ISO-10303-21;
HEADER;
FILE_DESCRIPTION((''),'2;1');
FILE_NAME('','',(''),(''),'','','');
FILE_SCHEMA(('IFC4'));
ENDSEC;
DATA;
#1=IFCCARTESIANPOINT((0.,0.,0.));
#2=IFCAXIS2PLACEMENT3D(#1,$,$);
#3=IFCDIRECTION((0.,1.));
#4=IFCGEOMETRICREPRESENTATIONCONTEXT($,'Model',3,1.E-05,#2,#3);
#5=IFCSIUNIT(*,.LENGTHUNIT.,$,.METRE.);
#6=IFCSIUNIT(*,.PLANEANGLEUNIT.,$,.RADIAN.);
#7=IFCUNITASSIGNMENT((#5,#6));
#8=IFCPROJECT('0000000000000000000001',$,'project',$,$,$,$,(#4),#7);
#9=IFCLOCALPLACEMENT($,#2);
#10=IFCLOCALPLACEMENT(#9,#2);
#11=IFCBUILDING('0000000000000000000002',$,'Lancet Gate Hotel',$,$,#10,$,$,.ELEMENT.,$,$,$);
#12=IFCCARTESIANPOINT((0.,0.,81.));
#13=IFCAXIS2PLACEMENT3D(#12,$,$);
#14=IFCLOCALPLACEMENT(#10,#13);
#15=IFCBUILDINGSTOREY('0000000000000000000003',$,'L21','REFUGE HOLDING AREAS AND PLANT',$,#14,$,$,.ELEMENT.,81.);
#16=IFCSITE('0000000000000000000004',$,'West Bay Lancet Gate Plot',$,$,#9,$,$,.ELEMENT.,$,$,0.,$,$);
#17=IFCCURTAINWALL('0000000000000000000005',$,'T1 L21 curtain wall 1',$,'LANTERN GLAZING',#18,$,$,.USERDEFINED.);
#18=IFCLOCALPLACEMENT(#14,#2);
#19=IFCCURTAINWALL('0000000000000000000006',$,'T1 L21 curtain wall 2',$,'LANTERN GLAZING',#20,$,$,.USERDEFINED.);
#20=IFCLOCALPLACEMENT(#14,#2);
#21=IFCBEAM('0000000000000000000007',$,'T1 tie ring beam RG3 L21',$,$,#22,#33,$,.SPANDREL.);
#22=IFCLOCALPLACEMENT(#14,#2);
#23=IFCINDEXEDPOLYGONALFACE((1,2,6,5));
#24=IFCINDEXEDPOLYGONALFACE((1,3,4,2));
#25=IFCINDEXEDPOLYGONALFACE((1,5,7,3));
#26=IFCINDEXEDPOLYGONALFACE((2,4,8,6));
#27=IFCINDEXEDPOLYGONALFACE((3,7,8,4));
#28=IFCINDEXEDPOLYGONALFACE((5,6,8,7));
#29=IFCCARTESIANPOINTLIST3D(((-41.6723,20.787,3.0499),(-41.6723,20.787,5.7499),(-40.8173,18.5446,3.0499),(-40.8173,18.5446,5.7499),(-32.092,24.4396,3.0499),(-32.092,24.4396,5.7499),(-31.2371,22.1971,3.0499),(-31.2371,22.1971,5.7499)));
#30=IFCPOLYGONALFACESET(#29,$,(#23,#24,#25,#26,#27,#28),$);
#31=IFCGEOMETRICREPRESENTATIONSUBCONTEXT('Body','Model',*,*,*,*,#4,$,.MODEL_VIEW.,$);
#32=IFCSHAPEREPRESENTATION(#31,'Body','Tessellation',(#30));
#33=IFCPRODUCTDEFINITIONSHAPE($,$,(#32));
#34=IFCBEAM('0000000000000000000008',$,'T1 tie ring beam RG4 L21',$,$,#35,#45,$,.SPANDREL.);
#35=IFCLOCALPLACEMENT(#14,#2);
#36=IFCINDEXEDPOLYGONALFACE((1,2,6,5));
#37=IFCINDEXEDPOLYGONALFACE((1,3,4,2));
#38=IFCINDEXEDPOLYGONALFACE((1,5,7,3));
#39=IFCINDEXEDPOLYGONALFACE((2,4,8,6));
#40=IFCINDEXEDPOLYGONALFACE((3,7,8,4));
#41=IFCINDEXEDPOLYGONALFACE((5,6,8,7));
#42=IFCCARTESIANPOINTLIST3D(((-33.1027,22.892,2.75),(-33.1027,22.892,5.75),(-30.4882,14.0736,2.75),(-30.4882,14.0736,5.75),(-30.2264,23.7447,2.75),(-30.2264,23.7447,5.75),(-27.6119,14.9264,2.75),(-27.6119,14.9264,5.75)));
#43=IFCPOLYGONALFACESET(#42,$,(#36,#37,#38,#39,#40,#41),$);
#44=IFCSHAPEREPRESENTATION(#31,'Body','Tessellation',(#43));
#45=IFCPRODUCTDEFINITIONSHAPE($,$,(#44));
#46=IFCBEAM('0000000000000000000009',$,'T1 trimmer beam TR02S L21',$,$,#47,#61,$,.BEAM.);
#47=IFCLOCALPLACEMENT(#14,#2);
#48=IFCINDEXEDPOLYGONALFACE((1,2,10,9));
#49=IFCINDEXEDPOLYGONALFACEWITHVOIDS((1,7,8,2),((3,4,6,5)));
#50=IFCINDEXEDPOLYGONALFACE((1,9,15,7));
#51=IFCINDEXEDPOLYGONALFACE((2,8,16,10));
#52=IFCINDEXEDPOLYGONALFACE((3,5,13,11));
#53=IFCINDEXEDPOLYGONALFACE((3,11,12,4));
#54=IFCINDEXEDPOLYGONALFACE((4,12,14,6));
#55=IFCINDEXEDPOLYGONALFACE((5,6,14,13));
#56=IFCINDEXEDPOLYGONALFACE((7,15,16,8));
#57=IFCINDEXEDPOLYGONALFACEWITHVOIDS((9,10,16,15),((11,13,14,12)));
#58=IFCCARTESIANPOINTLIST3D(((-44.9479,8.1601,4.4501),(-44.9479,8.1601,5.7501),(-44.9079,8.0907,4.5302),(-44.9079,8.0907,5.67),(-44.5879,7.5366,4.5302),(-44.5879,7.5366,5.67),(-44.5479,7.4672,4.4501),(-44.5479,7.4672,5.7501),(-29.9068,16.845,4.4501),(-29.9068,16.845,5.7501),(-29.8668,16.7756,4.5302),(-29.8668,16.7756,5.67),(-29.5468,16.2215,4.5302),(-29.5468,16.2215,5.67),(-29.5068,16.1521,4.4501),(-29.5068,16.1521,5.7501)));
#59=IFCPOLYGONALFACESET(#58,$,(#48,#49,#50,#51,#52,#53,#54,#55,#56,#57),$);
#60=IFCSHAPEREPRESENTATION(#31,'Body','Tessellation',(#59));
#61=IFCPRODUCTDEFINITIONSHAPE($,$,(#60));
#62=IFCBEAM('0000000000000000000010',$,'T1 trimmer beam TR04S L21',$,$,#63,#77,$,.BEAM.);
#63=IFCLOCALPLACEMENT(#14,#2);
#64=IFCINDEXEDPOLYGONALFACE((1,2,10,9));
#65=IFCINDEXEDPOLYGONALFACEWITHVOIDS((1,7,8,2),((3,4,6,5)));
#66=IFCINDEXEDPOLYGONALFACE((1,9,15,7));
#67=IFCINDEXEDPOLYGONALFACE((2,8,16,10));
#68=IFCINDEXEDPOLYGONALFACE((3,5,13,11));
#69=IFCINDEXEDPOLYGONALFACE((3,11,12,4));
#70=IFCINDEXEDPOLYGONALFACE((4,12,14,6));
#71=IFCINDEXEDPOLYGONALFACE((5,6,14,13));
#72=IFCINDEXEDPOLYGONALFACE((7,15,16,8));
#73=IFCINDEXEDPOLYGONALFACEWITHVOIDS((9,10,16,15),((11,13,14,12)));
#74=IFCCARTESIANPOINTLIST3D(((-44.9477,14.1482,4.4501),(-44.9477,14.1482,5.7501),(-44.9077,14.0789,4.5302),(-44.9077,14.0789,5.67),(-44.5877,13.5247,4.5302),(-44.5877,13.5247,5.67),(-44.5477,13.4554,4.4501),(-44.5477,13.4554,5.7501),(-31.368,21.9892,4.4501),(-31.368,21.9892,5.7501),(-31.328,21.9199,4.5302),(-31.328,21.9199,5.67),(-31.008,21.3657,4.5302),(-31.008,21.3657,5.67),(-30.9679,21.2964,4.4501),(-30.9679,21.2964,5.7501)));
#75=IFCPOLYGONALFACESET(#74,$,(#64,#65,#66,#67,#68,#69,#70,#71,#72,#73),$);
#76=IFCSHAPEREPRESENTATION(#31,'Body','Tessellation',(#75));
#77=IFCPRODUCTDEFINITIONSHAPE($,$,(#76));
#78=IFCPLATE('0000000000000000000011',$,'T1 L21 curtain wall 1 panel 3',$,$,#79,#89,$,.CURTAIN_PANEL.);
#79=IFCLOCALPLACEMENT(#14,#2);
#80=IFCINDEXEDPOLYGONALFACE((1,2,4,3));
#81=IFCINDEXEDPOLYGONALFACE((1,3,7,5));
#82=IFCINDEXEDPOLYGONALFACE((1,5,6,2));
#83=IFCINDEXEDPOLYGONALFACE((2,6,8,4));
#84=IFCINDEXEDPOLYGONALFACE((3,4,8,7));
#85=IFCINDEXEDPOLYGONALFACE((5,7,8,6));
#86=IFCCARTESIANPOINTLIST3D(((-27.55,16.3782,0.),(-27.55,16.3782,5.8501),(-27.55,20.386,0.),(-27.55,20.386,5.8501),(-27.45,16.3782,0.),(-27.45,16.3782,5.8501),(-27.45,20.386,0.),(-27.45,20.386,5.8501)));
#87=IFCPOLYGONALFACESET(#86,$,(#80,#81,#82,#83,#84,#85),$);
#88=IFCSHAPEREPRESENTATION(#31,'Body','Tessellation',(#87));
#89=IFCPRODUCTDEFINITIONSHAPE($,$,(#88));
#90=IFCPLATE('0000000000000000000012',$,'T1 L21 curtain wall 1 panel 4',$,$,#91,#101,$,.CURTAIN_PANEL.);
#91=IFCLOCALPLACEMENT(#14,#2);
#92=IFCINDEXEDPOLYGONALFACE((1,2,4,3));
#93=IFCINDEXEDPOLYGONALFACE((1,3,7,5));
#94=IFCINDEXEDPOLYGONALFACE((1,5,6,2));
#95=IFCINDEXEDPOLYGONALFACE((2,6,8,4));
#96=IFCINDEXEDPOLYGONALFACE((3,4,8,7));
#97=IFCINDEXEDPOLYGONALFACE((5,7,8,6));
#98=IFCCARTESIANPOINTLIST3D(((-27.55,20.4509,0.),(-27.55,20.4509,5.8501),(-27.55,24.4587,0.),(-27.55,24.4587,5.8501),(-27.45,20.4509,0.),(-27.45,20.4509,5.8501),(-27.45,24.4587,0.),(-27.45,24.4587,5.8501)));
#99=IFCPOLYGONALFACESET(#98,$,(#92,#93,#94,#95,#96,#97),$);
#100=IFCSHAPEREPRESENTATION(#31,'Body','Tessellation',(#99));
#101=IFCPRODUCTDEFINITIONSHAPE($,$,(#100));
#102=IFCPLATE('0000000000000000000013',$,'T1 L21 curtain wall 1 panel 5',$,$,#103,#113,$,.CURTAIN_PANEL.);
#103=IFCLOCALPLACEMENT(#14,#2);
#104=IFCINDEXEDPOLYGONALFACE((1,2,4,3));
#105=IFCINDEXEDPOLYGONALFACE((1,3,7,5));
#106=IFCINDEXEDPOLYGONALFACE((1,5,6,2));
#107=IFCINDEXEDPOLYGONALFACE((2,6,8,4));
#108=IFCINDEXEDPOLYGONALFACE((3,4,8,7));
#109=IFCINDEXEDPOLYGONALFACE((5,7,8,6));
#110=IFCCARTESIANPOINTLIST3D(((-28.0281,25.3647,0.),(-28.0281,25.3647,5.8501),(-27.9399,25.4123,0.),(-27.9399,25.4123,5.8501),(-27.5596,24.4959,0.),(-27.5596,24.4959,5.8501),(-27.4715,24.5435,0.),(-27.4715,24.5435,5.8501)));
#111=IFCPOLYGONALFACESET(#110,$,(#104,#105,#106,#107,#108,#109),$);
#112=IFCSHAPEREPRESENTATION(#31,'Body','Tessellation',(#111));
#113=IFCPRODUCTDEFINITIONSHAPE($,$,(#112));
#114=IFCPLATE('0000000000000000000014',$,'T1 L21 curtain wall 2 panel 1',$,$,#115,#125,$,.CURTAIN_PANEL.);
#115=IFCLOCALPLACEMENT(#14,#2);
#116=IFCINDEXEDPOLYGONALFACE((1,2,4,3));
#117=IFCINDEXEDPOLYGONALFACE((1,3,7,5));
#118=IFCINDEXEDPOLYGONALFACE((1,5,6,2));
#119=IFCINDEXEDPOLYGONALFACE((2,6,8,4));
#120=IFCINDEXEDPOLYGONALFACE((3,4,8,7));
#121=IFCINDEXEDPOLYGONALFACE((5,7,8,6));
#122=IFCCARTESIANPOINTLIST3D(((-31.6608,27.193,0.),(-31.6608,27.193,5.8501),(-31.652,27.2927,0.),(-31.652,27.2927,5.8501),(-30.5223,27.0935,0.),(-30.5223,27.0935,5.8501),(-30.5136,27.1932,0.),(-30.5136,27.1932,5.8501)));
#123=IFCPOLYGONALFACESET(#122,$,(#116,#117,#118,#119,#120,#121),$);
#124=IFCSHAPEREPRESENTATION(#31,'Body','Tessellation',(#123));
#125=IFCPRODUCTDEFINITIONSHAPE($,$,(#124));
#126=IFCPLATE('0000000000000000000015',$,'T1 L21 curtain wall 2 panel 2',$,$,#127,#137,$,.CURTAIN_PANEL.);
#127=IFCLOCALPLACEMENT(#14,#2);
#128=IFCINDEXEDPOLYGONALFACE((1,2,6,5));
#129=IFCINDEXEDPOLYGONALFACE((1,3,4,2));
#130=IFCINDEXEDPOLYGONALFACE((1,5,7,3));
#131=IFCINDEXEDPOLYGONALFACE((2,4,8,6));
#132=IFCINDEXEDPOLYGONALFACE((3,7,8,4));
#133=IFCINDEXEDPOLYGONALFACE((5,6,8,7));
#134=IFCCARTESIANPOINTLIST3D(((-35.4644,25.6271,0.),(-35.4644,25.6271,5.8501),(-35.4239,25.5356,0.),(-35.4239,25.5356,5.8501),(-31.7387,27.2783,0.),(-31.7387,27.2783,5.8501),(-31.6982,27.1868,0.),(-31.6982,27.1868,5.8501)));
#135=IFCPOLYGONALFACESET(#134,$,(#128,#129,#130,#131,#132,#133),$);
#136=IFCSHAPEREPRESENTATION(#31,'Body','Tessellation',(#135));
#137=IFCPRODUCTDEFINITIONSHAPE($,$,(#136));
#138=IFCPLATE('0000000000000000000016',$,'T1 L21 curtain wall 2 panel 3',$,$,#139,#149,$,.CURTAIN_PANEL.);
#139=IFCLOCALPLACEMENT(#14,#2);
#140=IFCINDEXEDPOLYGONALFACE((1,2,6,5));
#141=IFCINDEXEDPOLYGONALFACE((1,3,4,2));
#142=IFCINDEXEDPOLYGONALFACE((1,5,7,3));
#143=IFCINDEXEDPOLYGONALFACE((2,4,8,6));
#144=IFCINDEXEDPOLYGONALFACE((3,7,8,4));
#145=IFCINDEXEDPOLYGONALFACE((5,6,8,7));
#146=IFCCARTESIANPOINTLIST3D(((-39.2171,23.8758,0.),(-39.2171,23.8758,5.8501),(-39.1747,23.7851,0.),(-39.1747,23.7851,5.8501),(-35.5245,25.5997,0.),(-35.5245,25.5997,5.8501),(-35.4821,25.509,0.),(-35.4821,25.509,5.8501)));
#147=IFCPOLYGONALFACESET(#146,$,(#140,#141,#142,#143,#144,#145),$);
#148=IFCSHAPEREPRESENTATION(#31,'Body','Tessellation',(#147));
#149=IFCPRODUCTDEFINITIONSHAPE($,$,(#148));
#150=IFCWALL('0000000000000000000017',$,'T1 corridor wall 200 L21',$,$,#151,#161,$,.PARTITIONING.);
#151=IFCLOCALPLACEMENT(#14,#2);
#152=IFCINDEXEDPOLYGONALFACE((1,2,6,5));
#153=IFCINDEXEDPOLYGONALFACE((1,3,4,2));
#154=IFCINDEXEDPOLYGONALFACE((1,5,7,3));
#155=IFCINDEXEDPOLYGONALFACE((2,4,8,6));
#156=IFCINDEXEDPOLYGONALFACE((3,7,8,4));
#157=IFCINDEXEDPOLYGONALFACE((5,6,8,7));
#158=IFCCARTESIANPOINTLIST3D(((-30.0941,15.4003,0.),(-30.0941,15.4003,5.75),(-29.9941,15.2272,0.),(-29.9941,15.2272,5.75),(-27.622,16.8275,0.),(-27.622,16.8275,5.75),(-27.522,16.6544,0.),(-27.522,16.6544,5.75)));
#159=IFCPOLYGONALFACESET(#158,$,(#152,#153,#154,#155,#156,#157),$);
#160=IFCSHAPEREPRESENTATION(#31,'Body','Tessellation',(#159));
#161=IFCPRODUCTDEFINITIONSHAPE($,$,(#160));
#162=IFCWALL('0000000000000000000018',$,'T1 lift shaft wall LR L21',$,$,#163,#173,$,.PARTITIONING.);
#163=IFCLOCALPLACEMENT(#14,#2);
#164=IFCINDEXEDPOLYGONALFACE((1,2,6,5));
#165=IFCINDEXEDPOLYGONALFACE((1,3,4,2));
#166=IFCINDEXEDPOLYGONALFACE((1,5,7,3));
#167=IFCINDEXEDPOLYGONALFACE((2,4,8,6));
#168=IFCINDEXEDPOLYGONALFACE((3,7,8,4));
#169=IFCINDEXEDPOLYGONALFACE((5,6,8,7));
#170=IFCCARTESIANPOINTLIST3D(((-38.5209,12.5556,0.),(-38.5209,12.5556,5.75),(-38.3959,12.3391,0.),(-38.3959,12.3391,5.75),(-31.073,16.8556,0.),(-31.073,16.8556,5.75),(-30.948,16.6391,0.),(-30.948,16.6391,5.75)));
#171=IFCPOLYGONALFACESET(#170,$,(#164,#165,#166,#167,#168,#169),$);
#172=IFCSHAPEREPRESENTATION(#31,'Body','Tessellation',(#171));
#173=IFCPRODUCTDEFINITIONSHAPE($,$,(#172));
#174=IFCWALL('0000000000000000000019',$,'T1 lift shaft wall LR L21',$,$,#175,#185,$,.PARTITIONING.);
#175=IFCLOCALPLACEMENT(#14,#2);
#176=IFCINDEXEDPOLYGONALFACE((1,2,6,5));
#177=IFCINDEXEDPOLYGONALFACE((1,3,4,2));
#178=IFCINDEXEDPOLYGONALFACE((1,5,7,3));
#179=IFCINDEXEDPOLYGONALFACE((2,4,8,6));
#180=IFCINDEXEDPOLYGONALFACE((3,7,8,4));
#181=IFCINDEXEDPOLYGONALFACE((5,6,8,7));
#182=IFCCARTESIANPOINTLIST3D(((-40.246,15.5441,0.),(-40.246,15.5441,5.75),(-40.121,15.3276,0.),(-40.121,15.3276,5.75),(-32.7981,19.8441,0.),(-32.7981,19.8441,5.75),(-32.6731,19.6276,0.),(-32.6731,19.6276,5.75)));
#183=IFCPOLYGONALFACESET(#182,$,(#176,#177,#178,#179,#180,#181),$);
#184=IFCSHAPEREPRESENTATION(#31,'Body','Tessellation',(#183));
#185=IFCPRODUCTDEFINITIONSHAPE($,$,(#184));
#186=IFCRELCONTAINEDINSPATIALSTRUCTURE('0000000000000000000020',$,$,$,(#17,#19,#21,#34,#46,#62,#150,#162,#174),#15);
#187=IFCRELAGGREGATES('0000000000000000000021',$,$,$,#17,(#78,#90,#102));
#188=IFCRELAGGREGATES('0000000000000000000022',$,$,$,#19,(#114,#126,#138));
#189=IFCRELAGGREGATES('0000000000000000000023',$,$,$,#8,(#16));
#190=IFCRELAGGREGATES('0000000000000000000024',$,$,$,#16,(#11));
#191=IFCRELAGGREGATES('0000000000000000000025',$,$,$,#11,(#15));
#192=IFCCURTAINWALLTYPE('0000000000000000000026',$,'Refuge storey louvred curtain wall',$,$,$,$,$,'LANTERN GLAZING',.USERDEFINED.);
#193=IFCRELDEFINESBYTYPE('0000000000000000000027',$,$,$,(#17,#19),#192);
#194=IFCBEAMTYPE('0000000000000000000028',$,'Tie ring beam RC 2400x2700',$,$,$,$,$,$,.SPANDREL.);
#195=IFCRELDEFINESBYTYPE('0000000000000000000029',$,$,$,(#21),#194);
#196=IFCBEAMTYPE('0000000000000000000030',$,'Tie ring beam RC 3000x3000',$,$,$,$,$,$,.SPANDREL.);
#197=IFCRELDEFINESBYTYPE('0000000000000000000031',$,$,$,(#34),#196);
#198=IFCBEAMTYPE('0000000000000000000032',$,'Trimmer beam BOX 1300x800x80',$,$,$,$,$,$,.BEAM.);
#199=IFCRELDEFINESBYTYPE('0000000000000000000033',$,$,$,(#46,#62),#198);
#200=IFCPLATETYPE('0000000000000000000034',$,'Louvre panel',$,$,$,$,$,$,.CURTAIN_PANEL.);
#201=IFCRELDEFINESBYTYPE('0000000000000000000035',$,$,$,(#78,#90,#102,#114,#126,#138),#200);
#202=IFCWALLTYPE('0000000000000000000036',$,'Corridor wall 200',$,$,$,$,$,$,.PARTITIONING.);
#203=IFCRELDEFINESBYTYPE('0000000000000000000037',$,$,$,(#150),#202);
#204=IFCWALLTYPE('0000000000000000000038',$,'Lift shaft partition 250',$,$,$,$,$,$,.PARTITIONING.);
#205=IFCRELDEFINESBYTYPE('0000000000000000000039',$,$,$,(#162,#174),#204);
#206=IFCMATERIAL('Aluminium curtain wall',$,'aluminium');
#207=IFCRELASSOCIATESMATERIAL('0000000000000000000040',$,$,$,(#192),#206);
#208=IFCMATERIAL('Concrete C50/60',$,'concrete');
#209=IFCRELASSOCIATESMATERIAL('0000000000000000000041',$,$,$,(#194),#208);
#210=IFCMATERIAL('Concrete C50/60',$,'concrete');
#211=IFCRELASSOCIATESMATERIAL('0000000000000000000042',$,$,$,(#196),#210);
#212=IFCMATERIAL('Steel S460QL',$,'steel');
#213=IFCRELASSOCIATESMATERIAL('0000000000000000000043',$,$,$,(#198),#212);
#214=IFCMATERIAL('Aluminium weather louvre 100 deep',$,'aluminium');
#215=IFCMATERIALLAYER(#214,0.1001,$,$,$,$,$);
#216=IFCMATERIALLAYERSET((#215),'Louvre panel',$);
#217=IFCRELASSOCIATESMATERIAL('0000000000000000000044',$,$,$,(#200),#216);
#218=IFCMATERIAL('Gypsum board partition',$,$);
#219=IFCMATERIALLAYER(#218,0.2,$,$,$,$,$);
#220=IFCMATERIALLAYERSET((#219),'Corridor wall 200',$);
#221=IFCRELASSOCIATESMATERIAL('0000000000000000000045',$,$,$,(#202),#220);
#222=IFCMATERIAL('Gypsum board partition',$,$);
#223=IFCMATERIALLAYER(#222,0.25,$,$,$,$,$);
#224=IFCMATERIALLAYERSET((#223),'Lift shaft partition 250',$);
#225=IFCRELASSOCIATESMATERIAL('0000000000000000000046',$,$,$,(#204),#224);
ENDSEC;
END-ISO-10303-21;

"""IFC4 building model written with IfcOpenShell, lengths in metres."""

from ifc_helpers import new_model, si_unit, direction, frame, frame_2d, origin, origin_2d, place, context, subcontext, project, spatial, rectangle, hollow_rectangle, extrude, material, layer, layer_set, material_profile, profile_set, type_object, element, aggregate, save


model = new_model("IFC4")

# Units and contexts
model_context = context("Model", 3, precision=1e-05, world=origin(), true_north=direction((0.0, 1.0)))
body_context = subcontext(model_context, "Body", "Model", "MODEL_VIEW")
ifc_project = project(units=[si_unit("LENGTHUNIT", "METRE"), si_unit("PLANEANGLEUNIT", "RADIAN")], contexts=[model_context])

# Site, building, storey
site_placement = place(None, origin())
site = spatial("IfcSite", under=ifc_project, at=site_placement, Name="West Bay Lancet Gate Plot", CompositionType="ELEMENT", RefElevation=0.0)
building_placement = place(site_placement, origin())
building = spatial("IfcBuilding", under=site, at=building_placement, Name="Lancet Gate Hotel", CompositionType="ELEMENT")
storey_placement = place(building_placement, frame((0.0, 0.0, 81.0)))
storey = spatial("IfcBuildingStorey", under=building, at=storey_placement, Name="L21", Description="REFUGE HOLDING AREAS AND PLANT", CompositionType="ELEMENT", Elevation=81.0)

# Curtain walls
ifc_material_1 = material(Name="Aluminium curtain wall", Category="aluminium")
curtain_wall_type = type_object("IfcCurtainWallType", Name="Refuge storey louvred curtain wall", ElementType="LANTERN GLAZING", PredefinedType="USERDEFINED", material=ifc_material_1)
curtain_wall_1_placement = place(storey_placement, origin())
curtain_wall_1 = element("IfcCurtainWall", 1, at=curtain_wall_1_placement, inside=storey, type_object=curtain_wall_type, Name="T1 L21 curtain wall 1", ObjectType="LANTERN GLAZING", PredefinedType="USERDEFINED")
curtain_wall_2_placement = place(storey_placement, origin())
curtain_wall_2 = element("IfcCurtainWall", 2, at=curtain_wall_2_placement, inside=storey, type_object=curtain_wall_type, Name="T1 L21 curtain wall 2", ObjectType="LANTERN GLAZING", PredefinedType="USERDEFINED")

# Beams
ifc_material_2 = material(Name="Concrete C50/60", Category="concrete")
ifc_material_profile_1 = material_profile(ifc_material_2, rectangle(XDim=2.3999, YDim=2.7, at=origin_2d()), Name="RC 2400x2700")
ifc_profile_set_1 = profile_set([ifc_material_profile_1], Name="Concrete C50/60")
beam_type_1 = type_object("IfcBeamType", Name="Tie ring beam RC 2400x2700", PredefinedType="SPANDREL", material=ifc_profile_set_1)
beam_1_placement = place(storey_placement, frame((-31.6646, 23.3184, 4.3999), z_axis=(-0.934392, -0.356246, 0.0), x_axis=(0.356246, -0.934392, 0.0)))
element("IfcBeam", 3, at=beam_1_placement, inside=storey, type_object=beam_type_1, Name="T1 tie ring beam RG3 L21", PredefinedType="SPANDREL", context=body_context, shape_type="SweptSolid", body=[
    extrude(rectangle(XDim=2.3999, YDim=2.7, at=origin_2d()), origin(), (0.0, 0.0, 1.0), 10.2529),
])
ifc_material_3 = material(Name="Concrete C50/60", Category="concrete")
ifc_material_profile_2 = material_profile(ifc_material_3, rectangle(XDim=3.0, YDim=3.0, at=origin_2d()), Name="RC 3000x3000")
ifc_profile_set_2 = profile_set([ifc_material_profile_2], Name="Concrete C50/60")
beam_type_2 = type_object("IfcBeamType", Name="Tie ring beam RC 3000x3000", PredefinedType="SPANDREL", material=ifc_profile_set_2)
beam_2_placement = place(storey_placement, frame((-31.6646, 23.3184, 4.25), z_axis=(0.284254, -0.958749, 0.0), x_axis=(0.958749, 0.284254, 0.0)))
element("IfcBeam", 4, at=beam_2_placement, inside=storey, type_object=beam_type_2, Name="T1 tie ring beam RG4 L21", PredefinedType="SPANDREL", context=body_context, shape_type="SweptSolid", body=[
    extrude(rectangle(XDim=3.0, YDim=3.0, at=origin_2d()), origin(), (0.0, 0.0, 1.0), 9.1978),
])
ifc_material_4 = material(Name="Steel S460QL", Category="steel")
ifc_material_profile_3 = material_profile(ifc_material_4, hollow_rectangle(XDim=0.8, YDim=1.3, WallThickness=0.0801, at=origin_2d()), Name="BOX 1300x800x80")
ifc_profile_set_3 = profile_set([ifc_material_profile_3], Name="Steel S460QL")
beam_type_3 = type_object("IfcBeamType", Name="Trimmer beam BOX 1300x800x80", PredefinedType="BEAM", material=ifc_profile_set_3)
beam_3_placement = place(storey_placement, frame((-29.7068, 16.4985, 5.1001), z_axis=(-0.866003, -0.500038, 0.0), x_axis=(0.500038, -0.866003, 0.0)))
element("IfcBeam", 5, at=beam_3_placement, inside=storey, type_object=beam_type_3, Name="T1 trimmer beam TR02S L21", PredefinedType="BEAM", context=body_context, shape_type="SweptSolid", body=[
    extrude(hollow_rectangle(XDim=0.8, YDim=1.3, WallThickness=0.0801, at=origin_2d()), origin(), (0.0, 0.0, 1.0), 17.3684),
])
beam_4_placement = place(storey_placement, frame((-31.168, 21.6428, 5.1001), z_axis=(-0.866005, -0.500036, 0.0), x_axis=(0.500036, -0.866005, 0.0)))
element("IfcBeam", 6, at=beam_4_placement, inside=storey, type_object=beam_type_3, Name="T1 trimmer beam TR04S L21", PredefinedType="BEAM", context=body_context, shape_type="SweptSolid", body=[
    extrude(hollow_rectangle(XDim=0.8, YDim=1.3, WallThickness=0.0801, at=origin_2d()), origin(), (0.0, 0.0, 1.0), 15.6809),
])

# Plates
ifc_material_5 = material(Name="Aluminium weather louvre 100 deep", Category="aluminium")
ifc_layer_1 = layer(ifc_material_5, 0.1001)
ifc_layer_set_1 = layer_set([ifc_layer_1], Name="Louvre panel")
plate_type = type_object("IfcPlateType", Name="Louvre panel", PredefinedType="CURTAIN_PANEL", material=ifc_layer_set_1)
plate_1_placement = place(storey_placement, frame((-27.5, 18.3821, 0.0), z_axis=(0.0, 0.0, 1.0), x_axis=(0.0, 1.0, 0.0)))
plate_1 = element("IfcPlate", 7, at=plate_1_placement, type_object=plate_type, Name="T1 L21 curtain wall 1 panel 3", PredefinedType="CURTAIN_PANEL", context=body_context, shape_type="SweptSolid", body=[
    extrude(rectangle(XDim=4.0078, YDim=0.1001, at=origin_2d()), origin(), (0.0, 0.0, 1.0), 5.8501),
])
plate_2_placement = place(storey_placement, frame((-27.5, 22.4548, 0.0), z_axis=(0.0, 0.0, 1.0), x_axis=(0.0, 1.0, 0.0)))
plate_2 = element("IfcPlate", 8, at=plate_2_placement, type_object=plate_type, Name="T1 L21 curtain wall 1 panel 4", PredefinedType="CURTAIN_PANEL", context=body_context, shape_type="SweptSolid", body=[
    extrude(rectangle(XDim=4.0078, YDim=0.1001, at=origin_2d()), origin(), (0.0, 0.0, 1.0), 5.8501),
])
plate_3_placement = place(storey_placement, frame((-27.7498, 24.9541, 0.0), z_axis=(0.0, 0.0, 1.0), x_axis=(-0.474631, 0.880185, 0.0)))
plate_3 = element("IfcPlate", 9, at=plate_3_placement, type_object=plate_type, Name="T1 L21 curtain wall 1 panel 5", PredefinedType="CURTAIN_PANEL", context=body_context, shape_type="SweptSolid", body=[
    extrude(rectangle(XDim=0.9871, YDim=0.1001, at=origin_2d()), origin(), (0.0, 0.0, 1.0), 5.8501),
])
aggregate(curtain_wall_1, [plate_1, plate_2, plate_3])
plate_4_placement = place(storey_placement, frame((-31.0872, 27.1931, 0.0), z_axis=(0.0, 0.0, 1.0), x_axis=(-0.996204, 0.087052, 0.0)))
plate_4 = element("IfcPlate", 10, at=plate_4_placement, type_object=plate_type, Name="T1 L21 curtain wall 2 panel 1", PredefinedType="CURTAIN_PANEL", context=body_context, shape_type="SweptSolid", body=[
    extrude(rectangle(XDim=1.1428, YDim=0.1001, at=origin_2d()), origin(), (0.0, 0.0, 1.0), 5.8501),
])
plate_5_placement = place(storey_placement, frame((-33.5813, 26.407, 0.0), z_axis=(0.0, 0.0, 1.0), x_axis=(-0.914234, -0.405186, 0.0)))
plate_5 = element("IfcPlate", 11, at=plate_5_placement, type_object=plate_type, Name="T1 L21 curtain wall 2 panel 2", PredefinedType="CURTAIN_PANEL", context=body_context, shape_type="SweptSolid", body=[
    extrude(rectangle(XDim=4.0752, YDim=0.1001, at=origin_2d()), origin(), (0.0, 0.0, 1.0), 5.8501),
])
plate_6_placement = place(storey_placement, frame((-37.3496, 24.6924, 0.0), z_axis=(0.0, 0.0, 1.0), x_axis=(-0.906118, -0.423026, 0.0)))
plate_6 = element("IfcPlate", 12, at=plate_6_placement, type_object=plate_type, Name="T1 L21 curtain wall 2 panel 3", PredefinedType="CURTAIN_PANEL", context=body_context, shape_type="SweptSolid", body=[
    extrude(rectangle(XDim=4.0752, YDim=0.1001, at=origin_2d()), origin(), (0.0, 0.0, 1.0), 5.8501),
])
aggregate(curtain_wall_2, [plate_4, plate_5, plate_6])

# Walls
ifc_material_6 = material(Name="Gypsum board partition")
ifc_layer_2 = layer(ifc_material_6, 0.2)
ifc_layer_set_2 = layer_set([ifc_layer_2], Name="Corridor wall 200")
wall_type_1 = type_object("IfcWallType", Name="Corridor wall 200", PredefinedType="PARTITIONING", material=ifc_layer_set_2)
wall_1_placement = place(storey_placement, frame((-27.572, 16.741, 0.0), z_axis=(0.0, 0.0, 1.0), x_axis=(-0.866035, -0.499984, 0.0)))
element("IfcWall", 13, at=wall_1_placement, inside=storey, type_object=wall_type_1, Name="T1 corridor wall 200 L21", PredefinedType="PARTITIONING", context=body_context, shape_type="SweptSolid", body=[
    extrude(rectangle(XDim=2.8545, YDim=0.2, at=frame_2d((1.4272, 0.0))), origin(), (0.0, 0.0, 1.0), 5.75),
])
ifc_material_7 = material(Name="Gypsum board partition")
ifc_layer_3 = layer(ifc_material_7, 0.25)
ifc_layer_set_3 = layer_set([ifc_layer_3], Name="Lift shaft partition 250")
wall_type_2 = type_object("IfcWallType", Name="Lift shaft partition 250", PredefinedType="PARTITIONING", material=ifc_layer_set_3)
for number, where, z_axis, x_axis, name in (
    (14, (-31.0105, 16.7473, 0.0), (0.0, 0.0, 1.0), (-0.866028, -0.499995, 0.0), "T1 lift shaft wall LR L21"),
    (15, (-32.7356, 19.7358, 0.0), (0.0, 0.0, 1.0), (-0.866028, -0.499995, 0.0), "T1 lift shaft wall LR L21"),
):
    element("IfcWall", number, at=place(storey_placement, frame(where, z_axis=z_axis, x_axis=x_axis)), inside=storey, type_object=wall_type_2, Name=name, PredefinedType="PARTITIONING", context=body_context, shape_type="SweptSolid", body=[
        extrude(rectangle(XDim=8.6001, YDim=0.25, at=frame_2d((4.3, 0.0))), origin(), (0.0, 0.0, 1.0), 5.75),
    ])

save(model, "model.ifc")
